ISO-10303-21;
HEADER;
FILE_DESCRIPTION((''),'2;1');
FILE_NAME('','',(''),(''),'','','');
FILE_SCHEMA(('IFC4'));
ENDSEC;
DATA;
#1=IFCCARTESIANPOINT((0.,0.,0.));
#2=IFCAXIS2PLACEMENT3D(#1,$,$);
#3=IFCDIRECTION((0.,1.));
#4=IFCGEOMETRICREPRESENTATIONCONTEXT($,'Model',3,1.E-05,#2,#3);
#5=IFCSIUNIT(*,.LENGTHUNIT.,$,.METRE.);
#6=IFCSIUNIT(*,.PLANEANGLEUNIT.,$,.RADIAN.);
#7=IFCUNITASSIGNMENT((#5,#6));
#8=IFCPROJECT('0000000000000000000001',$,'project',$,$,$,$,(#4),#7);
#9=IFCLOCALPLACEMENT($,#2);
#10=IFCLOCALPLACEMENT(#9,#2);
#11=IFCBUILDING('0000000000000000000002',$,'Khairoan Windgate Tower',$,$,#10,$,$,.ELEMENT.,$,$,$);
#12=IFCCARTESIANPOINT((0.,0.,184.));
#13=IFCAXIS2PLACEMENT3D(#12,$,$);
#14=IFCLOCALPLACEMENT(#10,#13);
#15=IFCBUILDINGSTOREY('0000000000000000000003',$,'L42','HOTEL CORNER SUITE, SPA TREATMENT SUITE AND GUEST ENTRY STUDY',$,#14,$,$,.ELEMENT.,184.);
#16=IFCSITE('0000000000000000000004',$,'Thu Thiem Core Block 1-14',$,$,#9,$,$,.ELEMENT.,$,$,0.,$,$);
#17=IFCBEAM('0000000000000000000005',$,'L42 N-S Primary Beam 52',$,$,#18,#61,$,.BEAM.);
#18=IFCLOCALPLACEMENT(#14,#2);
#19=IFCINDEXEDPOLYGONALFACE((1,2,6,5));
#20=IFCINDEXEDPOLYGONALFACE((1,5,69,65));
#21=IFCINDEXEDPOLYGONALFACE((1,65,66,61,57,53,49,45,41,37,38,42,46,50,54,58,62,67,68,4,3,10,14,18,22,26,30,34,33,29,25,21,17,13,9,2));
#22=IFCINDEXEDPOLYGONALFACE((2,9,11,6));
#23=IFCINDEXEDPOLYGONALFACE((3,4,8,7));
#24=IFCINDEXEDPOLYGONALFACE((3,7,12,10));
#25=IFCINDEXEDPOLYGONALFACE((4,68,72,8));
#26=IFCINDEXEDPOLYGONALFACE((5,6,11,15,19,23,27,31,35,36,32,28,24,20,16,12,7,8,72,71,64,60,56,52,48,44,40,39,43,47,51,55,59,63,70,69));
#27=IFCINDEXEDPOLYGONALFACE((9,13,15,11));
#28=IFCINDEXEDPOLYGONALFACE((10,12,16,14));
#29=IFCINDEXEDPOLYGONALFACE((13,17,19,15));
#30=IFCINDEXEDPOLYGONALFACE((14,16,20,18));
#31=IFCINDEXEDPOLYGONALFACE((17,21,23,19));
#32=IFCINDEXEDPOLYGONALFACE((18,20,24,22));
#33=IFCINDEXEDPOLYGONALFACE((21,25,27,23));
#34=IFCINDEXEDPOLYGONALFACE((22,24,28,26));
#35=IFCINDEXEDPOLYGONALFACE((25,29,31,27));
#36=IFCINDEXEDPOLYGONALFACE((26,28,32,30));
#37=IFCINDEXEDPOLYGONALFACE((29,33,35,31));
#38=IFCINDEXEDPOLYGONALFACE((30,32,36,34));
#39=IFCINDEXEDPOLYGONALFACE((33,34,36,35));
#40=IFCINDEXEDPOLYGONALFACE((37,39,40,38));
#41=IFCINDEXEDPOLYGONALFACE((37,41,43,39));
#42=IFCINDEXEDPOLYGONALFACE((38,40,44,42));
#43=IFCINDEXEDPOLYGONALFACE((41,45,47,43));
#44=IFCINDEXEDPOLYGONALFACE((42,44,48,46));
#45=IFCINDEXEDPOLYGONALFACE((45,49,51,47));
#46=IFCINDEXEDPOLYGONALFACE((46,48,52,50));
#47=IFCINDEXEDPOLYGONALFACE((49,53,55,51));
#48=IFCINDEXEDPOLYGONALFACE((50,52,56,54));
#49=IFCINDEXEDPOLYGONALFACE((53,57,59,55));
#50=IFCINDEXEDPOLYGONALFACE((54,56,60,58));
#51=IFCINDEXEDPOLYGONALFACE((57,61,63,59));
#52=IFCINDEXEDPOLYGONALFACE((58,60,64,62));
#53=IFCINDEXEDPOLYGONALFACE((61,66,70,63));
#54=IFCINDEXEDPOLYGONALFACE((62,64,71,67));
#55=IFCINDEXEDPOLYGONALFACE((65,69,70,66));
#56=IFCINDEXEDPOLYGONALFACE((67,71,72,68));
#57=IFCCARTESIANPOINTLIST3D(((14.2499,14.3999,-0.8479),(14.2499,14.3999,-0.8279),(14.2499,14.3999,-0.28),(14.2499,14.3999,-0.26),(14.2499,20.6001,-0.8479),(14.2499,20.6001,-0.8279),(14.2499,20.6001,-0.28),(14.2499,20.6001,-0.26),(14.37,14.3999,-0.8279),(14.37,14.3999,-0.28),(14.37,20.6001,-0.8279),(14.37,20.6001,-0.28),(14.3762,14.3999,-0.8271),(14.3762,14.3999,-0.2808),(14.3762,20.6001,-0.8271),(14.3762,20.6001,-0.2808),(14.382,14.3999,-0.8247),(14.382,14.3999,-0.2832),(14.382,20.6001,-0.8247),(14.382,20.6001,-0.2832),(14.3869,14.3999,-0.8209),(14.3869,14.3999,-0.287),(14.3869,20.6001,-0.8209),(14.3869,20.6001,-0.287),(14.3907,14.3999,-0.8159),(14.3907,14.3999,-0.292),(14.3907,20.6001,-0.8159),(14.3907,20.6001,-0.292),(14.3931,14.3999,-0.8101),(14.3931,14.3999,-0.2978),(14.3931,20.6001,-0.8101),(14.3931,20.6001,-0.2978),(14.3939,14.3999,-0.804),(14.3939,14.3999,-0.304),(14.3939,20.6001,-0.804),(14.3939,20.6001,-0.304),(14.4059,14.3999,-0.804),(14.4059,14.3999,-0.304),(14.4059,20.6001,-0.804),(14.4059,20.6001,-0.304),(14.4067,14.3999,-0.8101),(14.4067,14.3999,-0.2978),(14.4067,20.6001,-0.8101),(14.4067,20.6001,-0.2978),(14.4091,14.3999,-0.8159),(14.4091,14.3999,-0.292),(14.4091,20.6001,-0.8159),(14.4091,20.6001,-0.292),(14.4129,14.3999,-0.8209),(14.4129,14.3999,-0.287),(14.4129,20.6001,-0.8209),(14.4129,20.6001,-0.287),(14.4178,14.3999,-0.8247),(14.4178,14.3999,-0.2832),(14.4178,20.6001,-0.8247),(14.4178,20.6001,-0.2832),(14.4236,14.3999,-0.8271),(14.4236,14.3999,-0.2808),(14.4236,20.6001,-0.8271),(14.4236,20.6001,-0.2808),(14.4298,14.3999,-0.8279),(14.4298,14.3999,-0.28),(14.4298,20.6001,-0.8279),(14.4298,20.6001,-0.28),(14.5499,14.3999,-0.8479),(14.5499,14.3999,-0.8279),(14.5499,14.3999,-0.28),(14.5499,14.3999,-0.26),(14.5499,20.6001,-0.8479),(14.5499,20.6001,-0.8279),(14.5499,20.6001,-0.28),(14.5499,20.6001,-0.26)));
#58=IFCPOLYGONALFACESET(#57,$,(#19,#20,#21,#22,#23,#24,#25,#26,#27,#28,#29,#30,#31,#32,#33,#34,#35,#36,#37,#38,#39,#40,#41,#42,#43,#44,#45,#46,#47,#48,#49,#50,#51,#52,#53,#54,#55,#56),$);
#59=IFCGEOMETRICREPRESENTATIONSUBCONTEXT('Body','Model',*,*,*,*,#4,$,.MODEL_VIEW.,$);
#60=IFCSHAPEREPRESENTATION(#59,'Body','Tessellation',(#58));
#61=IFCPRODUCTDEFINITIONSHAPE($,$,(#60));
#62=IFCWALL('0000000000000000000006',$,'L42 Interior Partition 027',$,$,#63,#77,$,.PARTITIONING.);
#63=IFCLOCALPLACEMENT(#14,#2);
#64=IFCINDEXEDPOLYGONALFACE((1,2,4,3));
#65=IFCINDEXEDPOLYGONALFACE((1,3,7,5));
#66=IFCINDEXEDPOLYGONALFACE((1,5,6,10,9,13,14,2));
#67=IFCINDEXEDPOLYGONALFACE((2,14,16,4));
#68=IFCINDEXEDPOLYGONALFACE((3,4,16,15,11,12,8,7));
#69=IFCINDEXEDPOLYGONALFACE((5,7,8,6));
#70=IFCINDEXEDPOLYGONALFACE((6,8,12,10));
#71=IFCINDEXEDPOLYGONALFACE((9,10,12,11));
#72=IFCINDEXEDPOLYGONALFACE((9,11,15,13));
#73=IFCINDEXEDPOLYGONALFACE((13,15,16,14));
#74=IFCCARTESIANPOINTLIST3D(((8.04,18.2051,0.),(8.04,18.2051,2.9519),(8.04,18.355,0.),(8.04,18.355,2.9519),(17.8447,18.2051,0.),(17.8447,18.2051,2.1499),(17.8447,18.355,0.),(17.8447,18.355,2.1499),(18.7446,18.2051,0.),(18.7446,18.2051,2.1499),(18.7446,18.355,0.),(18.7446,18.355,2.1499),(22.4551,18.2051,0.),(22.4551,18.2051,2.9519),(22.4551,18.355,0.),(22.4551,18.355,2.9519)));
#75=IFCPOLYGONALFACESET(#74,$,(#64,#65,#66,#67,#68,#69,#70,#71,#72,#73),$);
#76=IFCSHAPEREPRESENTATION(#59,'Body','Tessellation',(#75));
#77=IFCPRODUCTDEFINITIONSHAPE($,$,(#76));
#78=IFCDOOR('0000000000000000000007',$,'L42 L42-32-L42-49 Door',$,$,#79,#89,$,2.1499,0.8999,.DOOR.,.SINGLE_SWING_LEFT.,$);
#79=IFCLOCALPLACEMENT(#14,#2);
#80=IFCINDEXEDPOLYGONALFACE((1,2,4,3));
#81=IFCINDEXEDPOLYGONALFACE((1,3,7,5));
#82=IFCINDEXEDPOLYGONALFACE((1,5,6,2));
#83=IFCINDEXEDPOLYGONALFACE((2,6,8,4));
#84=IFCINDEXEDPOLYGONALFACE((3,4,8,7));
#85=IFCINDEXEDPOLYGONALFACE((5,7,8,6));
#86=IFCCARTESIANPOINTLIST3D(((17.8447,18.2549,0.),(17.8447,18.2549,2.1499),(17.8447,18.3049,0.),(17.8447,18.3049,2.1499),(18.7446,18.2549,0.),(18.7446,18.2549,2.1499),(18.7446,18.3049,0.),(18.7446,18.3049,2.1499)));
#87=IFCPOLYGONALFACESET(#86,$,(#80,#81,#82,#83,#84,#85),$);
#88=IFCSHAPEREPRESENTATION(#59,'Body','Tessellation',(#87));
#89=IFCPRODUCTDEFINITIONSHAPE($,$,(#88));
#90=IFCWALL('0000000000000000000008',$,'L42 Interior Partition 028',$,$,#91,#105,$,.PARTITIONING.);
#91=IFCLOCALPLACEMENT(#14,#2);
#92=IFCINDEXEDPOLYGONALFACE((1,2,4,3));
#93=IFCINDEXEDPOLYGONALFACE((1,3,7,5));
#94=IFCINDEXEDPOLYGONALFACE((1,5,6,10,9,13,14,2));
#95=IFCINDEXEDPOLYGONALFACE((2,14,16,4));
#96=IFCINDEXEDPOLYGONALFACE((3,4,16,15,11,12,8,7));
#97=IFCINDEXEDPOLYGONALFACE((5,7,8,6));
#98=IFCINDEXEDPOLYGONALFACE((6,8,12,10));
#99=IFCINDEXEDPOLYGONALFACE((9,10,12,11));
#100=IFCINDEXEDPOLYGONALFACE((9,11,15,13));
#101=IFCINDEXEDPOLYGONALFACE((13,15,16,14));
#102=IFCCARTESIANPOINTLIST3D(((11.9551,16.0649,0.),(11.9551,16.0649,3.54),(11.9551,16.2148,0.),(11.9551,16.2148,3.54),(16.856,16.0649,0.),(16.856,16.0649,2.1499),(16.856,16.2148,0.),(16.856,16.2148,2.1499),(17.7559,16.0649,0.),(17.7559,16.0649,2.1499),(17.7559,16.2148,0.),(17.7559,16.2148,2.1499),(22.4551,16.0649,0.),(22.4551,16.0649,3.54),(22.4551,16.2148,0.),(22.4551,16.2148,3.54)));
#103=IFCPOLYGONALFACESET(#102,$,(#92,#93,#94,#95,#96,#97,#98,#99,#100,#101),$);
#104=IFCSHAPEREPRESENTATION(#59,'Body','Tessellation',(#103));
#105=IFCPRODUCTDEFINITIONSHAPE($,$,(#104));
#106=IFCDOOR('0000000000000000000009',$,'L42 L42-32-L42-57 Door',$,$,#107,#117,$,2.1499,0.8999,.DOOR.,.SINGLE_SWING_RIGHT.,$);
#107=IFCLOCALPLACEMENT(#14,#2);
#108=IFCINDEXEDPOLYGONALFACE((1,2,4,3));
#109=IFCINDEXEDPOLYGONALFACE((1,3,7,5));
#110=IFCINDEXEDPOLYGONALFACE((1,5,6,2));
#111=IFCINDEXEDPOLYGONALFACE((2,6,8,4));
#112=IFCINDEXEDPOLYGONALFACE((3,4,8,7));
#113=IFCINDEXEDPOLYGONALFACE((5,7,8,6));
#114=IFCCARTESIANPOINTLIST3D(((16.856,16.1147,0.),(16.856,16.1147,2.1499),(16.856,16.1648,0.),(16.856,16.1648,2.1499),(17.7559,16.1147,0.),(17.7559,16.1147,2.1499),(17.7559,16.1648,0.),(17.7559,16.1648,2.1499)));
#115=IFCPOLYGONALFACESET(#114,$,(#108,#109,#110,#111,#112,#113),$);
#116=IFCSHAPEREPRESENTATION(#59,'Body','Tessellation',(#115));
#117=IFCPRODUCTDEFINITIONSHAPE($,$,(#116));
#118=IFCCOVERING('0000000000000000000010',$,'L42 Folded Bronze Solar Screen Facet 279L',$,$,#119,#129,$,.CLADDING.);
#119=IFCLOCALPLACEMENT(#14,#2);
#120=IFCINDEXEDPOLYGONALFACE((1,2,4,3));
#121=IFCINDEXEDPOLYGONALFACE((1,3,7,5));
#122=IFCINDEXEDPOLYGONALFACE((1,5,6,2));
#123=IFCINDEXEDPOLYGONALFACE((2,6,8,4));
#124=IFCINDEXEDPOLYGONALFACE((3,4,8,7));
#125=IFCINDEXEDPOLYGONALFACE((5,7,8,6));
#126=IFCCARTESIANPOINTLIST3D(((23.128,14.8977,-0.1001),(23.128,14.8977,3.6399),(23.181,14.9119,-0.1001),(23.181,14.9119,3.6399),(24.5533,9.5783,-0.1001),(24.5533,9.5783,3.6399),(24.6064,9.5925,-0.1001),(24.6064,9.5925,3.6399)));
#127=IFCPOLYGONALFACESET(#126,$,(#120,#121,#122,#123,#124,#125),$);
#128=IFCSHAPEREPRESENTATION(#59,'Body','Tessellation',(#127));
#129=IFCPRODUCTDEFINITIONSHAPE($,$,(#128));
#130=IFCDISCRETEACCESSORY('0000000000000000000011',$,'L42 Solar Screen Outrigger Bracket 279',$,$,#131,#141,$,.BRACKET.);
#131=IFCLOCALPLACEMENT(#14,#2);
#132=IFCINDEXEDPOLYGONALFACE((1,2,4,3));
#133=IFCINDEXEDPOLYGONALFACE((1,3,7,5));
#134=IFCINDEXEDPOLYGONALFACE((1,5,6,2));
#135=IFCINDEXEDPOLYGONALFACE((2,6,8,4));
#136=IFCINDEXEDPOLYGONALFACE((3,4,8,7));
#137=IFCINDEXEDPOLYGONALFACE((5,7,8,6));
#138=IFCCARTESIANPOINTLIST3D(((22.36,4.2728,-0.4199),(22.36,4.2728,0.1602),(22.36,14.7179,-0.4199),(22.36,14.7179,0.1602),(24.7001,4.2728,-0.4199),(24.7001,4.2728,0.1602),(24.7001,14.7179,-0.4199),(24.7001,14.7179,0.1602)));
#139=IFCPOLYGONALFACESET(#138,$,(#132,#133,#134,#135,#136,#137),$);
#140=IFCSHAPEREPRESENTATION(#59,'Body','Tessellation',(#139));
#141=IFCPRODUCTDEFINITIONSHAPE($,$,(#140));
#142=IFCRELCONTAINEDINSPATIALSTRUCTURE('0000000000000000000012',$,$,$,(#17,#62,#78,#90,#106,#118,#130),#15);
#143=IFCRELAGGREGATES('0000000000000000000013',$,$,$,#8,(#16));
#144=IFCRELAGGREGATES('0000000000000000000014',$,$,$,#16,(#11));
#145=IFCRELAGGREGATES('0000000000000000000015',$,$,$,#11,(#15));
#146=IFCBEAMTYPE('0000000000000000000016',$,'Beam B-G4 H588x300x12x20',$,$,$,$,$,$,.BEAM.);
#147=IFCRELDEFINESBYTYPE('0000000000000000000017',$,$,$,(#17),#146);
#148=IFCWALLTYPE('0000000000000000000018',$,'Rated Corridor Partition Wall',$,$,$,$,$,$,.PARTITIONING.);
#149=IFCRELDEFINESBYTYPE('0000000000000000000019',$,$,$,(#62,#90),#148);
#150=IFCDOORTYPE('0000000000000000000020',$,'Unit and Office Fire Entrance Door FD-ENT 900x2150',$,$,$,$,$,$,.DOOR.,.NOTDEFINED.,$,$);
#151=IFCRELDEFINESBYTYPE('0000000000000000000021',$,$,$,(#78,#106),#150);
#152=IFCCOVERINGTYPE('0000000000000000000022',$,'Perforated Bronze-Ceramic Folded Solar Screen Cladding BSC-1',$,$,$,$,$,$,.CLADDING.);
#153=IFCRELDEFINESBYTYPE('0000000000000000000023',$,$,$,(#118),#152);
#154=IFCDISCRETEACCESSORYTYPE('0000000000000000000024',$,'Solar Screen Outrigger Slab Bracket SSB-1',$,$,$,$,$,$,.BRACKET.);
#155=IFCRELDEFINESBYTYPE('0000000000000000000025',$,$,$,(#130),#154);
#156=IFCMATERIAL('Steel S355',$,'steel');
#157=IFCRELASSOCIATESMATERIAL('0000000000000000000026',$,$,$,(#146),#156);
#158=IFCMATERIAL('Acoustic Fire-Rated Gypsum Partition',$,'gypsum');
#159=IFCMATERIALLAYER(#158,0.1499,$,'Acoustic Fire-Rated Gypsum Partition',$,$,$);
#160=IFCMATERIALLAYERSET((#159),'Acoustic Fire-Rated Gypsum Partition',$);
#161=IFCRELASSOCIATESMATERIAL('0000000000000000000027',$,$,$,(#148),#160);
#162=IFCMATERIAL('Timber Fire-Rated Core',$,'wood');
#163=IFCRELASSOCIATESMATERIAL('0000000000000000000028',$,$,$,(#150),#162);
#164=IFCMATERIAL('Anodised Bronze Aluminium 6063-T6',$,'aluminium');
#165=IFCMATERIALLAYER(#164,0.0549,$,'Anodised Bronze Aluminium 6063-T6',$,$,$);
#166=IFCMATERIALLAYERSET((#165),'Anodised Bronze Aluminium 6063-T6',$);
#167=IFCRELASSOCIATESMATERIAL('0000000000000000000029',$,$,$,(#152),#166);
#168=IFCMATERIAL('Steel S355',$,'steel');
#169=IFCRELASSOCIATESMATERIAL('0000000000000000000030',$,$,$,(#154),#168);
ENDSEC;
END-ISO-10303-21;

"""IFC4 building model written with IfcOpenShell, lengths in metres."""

from ifc_helpers import new_model, si_unit, direction, frame, frame_2d, origin, origin_2d, place, context, subcontext, project, spatial, rectangle, i_section, extrude, material, layer, layer_set, material_profile, profile_set, type_object, element, fill, save


model = new_model("IFC4")

# Units and contexts
model_context = context("Model", 3, precision=1e-05, world=origin(), true_north=direction((0.0, 1.0)))
body_context = subcontext(model_context, "Body", "Model", "MODEL_VIEW")
ifc_project = project(units=[si_unit("LENGTHUNIT", "METRE"), si_unit("PLANEANGLEUNIT", "RADIAN")], contexts=[model_context])

# Site, building, storey
site_placement = place(None, origin())
site = spatial("IfcSite", under=ifc_project, at=site_placement, Name="Thu Thiem Core Block 1-14", CompositionType="ELEMENT", RefElevation=0.0)
building_placement = place(site_placement, origin())
building = spatial("IfcBuilding", under=site, at=building_placement, Name="Khairoan Windgate Tower", CompositionType="ELEMENT")
storey_placement = place(building_placement, frame((0.0, 0.0, 184.0)))
storey = spatial("IfcBuildingStorey", under=building, at=storey_placement, Name="L42", Description="HOTEL CORNER SUITE, SPA TREATMENT SUITE AND GUEST ENTRY STUDY", CompositionType="ELEMENT", Elevation=184.0)

# Beam
ifc_material_1 = material(Name="Steel S355", Category="steel")
ifc_material_profile_1 = material_profile(ifc_material_1, i_section(OverallWidth=0.3, OverallDepth=0.5879, WebThickness=0.012, FlangeThickness=0.02, FilletRadius=0.0239, at=origin_2d()))
ifc_profile_set_1 = profile_set([ifc_material_profile_1], Name="Steel S355")
beam_type = type_object("IfcBeamType", Name="Beam B-G4 H588x300x12x20", PredefinedType="BEAM", material=ifc_profile_set_1)
beam_1_placement = place(storey_placement, frame((14.3999, 14.3999, -0.554), z_axis=(0.0, 1.0, 0.0), x_axis=(-1.0, 0.0, 0.0)))
element("IfcBeam", 1, at=beam_1_placement, inside=storey, type_object=beam_type, Name="L42 N-S Primary Beam 52", PredefinedType="BEAM", context=body_context, shape_type="SweptSolid", body=[
    extrude(i_section(OverallWidth=0.3, OverallDepth=0.5879, WebThickness=0.012, FlangeThickness=0.02, FilletRadius=0.0239, at=origin_2d()), origin(), (0.0, 0.0, 1.0), 6.2002),
])

# Walls, openings, doors
ifc_material_2 = material(Name="Acoustic Fire-Rated Gypsum Partition", Category="gypsum")
ifc_layer_1 = layer(ifc_material_2, 0.1499, Name="Acoustic Fire-Rated Gypsum Partition")
ifc_layer_set_1 = layer_set([ifc_layer_1], Name="Acoustic Fire-Rated Gypsum Partition")
wall_type = type_object("IfcWallType", Name="Rated Corridor Partition Wall", PredefinedType="PARTITIONING", material=ifc_layer_set_1)
wall_1_placement = place(storey_placement, frame((8.04, 18.28, 0.0), z_axis=(0.0, 0.0, 1.0), x_axis=(1.0, 0.0, 0.0)))
wall_1 = element("IfcWall", 2, at=wall_1_placement, inside=storey, type_object=wall_type, Name="L42 Interior Partition 027", PredefinedType="PARTITIONING", context=body_context, shape_type="SweptSolid", body=[
    extrude(rectangle(XDim=14.415, YDim=0.1499, at=frame_2d((7.2075, 0.0))), origin(), (0.0, 0.0, 1.0), 2.9519),
])
opening_1_placement = place(wall_1_placement, frame((9.8047, 0.0, 0.0)))
opening_1 = element("IfcOpeningElement", 3, at=opening_1_placement, cuts=wall_1, PredefinedType="OPENING", context=body_context, shape_type="SweptSolid", body=[
    extrude(rectangle(XDim=0.8999, YDim=2.1499, at=frame_2d((0.45, 1.075))), frame((0.0, 0.085, 0.0), z_axis=(0.0, -1.0, 0.0), x_axis=(1.0, 0.0, 0.0)), (0.0, 0.0, 1.0), 0.1699),
])
ifc_material_3 = material(Name="Timber Fire-Rated Core", Category="wood")
door_type = type_object("IfcDoorType", Name="Unit and Office Fire Entrance Door FD-ENT 900x2150", OperationType="NOTDEFINED", PredefinedType="DOOR", material=ifc_material_3)
door_1_placement = place(opening_1_placement, origin())
door_1 = element("IfcDoor", 4, at=door_1_placement, inside=storey, type_object=door_type, Name="L42 L42-32-L42-49 Door", OperationType="SINGLE_SWING_LEFT", OverallHeight=2.1499, OverallWidth=0.8999, PredefinedType="DOOR", context=body_context, shape_type="SweptSolid", body=[
    extrude(rectangle(XDim=0.8999, YDim=2.1499, at=frame_2d((0.45, 1.075))), frame((0.0, 0.0249, 0.0), z_axis=(0.0, -1.0, 0.0), x_axis=(1.0, 0.0, 0.0)), (0.0, 0.0, 1.0), 0.05),
])
fill(opening_1, door_1)
wall_2_placement = place(storey_placement, frame((11.9551, 16.1399, 0.0), z_axis=(0.0, 0.0, 1.0), x_axis=(1.0, 0.0, 0.0)))
wall_2 = element("IfcWall", 5, at=wall_2_placement, inside=storey, type_object=wall_type, Name="L42 Interior Partition 028", PredefinedType="PARTITIONING", context=body_context, shape_type="SweptSolid", body=[
    extrude(rectangle(XDim=10.5, YDim=0.1499, at=frame_2d((5.25, 0.0))), origin(), (0.0, 0.0, 1.0), 3.54),
])
opening_2_placement = place(wall_2_placement, frame((4.9009, 0.0, 0.0)))
opening_2 = element("IfcOpeningElement", 6, at=opening_2_placement, cuts=wall_2, PredefinedType="OPENING", context=body_context, shape_type="SweptSolid", body=[
    extrude(rectangle(XDim=0.8999, YDim=2.1499, at=frame_2d((0.45, 1.075))), frame((0.0, 0.085, 0.0), z_axis=(0.0, -1.0, 0.0), x_axis=(1.0, 0.0, 0.0)), (0.0, 0.0, 1.0), 0.1699),
])
door_2_placement = place(opening_2_placement, origin())
door_2 = element("IfcDoor", 7, at=door_2_placement, inside=storey, type_object=door_type, Name="L42 L42-32-L42-57 Door", OperationType="SINGLE_SWING_RIGHT", OverallHeight=2.1499, OverallWidth=0.8999, PredefinedType="DOOR", context=body_context, shape_type="SweptSolid", body=[
    extrude(rectangle(XDim=0.8999, YDim=2.1499, at=frame_2d((0.45, 1.075))), frame((0.0, 0.0249, 0.0), z_axis=(0.0, -1.0, 0.0), x_axis=(1.0, 0.0, 0.0)), (0.0, 0.0, 1.0), 0.05),
])
fill(opening_2, door_2)

# Covering
ifc_material_4 = material(Name="Anodised Bronze Aluminium 6063-T6", Category="aluminium")
ifc_layer_2 = layer(ifc_material_4, 0.0549, Name="Anodised Bronze Aluminium 6063-T6")
ifc_layer_set_2 = layer_set([ifc_layer_2], Name="Anodised Bronze Aluminium 6063-T6")
covering_type = type_object("IfcCoveringType", Name="Perforated Bronze-Ceramic Folded Solar Screen Cladding BSC-1", PredefinedType="CLADDING", material=ifc_layer_set_2)
covering_placement = place(storey_placement, frame((23.8672, 12.2451, -0.1001), z_axis=(0.0, 0.0, 1.0), x_axis=(0.258819, -0.965926, 0.0)))
element("IfcCovering", 8, at=covering_placement, inside=storey, type_object=covering_type, Name="L42 Folded Bronze Solar Screen Facet 279L", PredefinedType="CLADDING", context=body_context, shape_type="SweptSolid", body=[
    extrude(rectangle(XDim=5.5071, YDim=0.0549, at=origin_2d()), origin(), (0.0, 0.0, 1.0), 3.74),
])

# Discrete accessory
ifc_material_5 = material(Name="Steel S355", Category="steel")
discrete_accessory_type = type_object("IfcDiscreteAccessoryType", Name="Solar Screen Outrigger Slab Bracket SSB-1", PredefinedType="BRACKET", material=ifc_material_5)
discrete_accessory_placement = place(storey_placement, frame((23.53, 9.4954, -0.4199), z_axis=(0.0, 0.0, 1.0), x_axis=(0.0, -1.0, 0.0)))
element("IfcDiscreteAccessory", 9, at=discrete_accessory_placement, inside=storey, type_object=discrete_accessory_type, Name="L42 Solar Screen Outrigger Bracket 279", PredefinedType="BRACKET", context=body_context, shape_type="SweptSolid", body=[
    extrude(rectangle(XDim=10.4451, YDim=2.3401, at=origin_2d()), origin(), (0.0, 0.0, 1.0), 0.5801),
])

save(model, "model.ifc")
